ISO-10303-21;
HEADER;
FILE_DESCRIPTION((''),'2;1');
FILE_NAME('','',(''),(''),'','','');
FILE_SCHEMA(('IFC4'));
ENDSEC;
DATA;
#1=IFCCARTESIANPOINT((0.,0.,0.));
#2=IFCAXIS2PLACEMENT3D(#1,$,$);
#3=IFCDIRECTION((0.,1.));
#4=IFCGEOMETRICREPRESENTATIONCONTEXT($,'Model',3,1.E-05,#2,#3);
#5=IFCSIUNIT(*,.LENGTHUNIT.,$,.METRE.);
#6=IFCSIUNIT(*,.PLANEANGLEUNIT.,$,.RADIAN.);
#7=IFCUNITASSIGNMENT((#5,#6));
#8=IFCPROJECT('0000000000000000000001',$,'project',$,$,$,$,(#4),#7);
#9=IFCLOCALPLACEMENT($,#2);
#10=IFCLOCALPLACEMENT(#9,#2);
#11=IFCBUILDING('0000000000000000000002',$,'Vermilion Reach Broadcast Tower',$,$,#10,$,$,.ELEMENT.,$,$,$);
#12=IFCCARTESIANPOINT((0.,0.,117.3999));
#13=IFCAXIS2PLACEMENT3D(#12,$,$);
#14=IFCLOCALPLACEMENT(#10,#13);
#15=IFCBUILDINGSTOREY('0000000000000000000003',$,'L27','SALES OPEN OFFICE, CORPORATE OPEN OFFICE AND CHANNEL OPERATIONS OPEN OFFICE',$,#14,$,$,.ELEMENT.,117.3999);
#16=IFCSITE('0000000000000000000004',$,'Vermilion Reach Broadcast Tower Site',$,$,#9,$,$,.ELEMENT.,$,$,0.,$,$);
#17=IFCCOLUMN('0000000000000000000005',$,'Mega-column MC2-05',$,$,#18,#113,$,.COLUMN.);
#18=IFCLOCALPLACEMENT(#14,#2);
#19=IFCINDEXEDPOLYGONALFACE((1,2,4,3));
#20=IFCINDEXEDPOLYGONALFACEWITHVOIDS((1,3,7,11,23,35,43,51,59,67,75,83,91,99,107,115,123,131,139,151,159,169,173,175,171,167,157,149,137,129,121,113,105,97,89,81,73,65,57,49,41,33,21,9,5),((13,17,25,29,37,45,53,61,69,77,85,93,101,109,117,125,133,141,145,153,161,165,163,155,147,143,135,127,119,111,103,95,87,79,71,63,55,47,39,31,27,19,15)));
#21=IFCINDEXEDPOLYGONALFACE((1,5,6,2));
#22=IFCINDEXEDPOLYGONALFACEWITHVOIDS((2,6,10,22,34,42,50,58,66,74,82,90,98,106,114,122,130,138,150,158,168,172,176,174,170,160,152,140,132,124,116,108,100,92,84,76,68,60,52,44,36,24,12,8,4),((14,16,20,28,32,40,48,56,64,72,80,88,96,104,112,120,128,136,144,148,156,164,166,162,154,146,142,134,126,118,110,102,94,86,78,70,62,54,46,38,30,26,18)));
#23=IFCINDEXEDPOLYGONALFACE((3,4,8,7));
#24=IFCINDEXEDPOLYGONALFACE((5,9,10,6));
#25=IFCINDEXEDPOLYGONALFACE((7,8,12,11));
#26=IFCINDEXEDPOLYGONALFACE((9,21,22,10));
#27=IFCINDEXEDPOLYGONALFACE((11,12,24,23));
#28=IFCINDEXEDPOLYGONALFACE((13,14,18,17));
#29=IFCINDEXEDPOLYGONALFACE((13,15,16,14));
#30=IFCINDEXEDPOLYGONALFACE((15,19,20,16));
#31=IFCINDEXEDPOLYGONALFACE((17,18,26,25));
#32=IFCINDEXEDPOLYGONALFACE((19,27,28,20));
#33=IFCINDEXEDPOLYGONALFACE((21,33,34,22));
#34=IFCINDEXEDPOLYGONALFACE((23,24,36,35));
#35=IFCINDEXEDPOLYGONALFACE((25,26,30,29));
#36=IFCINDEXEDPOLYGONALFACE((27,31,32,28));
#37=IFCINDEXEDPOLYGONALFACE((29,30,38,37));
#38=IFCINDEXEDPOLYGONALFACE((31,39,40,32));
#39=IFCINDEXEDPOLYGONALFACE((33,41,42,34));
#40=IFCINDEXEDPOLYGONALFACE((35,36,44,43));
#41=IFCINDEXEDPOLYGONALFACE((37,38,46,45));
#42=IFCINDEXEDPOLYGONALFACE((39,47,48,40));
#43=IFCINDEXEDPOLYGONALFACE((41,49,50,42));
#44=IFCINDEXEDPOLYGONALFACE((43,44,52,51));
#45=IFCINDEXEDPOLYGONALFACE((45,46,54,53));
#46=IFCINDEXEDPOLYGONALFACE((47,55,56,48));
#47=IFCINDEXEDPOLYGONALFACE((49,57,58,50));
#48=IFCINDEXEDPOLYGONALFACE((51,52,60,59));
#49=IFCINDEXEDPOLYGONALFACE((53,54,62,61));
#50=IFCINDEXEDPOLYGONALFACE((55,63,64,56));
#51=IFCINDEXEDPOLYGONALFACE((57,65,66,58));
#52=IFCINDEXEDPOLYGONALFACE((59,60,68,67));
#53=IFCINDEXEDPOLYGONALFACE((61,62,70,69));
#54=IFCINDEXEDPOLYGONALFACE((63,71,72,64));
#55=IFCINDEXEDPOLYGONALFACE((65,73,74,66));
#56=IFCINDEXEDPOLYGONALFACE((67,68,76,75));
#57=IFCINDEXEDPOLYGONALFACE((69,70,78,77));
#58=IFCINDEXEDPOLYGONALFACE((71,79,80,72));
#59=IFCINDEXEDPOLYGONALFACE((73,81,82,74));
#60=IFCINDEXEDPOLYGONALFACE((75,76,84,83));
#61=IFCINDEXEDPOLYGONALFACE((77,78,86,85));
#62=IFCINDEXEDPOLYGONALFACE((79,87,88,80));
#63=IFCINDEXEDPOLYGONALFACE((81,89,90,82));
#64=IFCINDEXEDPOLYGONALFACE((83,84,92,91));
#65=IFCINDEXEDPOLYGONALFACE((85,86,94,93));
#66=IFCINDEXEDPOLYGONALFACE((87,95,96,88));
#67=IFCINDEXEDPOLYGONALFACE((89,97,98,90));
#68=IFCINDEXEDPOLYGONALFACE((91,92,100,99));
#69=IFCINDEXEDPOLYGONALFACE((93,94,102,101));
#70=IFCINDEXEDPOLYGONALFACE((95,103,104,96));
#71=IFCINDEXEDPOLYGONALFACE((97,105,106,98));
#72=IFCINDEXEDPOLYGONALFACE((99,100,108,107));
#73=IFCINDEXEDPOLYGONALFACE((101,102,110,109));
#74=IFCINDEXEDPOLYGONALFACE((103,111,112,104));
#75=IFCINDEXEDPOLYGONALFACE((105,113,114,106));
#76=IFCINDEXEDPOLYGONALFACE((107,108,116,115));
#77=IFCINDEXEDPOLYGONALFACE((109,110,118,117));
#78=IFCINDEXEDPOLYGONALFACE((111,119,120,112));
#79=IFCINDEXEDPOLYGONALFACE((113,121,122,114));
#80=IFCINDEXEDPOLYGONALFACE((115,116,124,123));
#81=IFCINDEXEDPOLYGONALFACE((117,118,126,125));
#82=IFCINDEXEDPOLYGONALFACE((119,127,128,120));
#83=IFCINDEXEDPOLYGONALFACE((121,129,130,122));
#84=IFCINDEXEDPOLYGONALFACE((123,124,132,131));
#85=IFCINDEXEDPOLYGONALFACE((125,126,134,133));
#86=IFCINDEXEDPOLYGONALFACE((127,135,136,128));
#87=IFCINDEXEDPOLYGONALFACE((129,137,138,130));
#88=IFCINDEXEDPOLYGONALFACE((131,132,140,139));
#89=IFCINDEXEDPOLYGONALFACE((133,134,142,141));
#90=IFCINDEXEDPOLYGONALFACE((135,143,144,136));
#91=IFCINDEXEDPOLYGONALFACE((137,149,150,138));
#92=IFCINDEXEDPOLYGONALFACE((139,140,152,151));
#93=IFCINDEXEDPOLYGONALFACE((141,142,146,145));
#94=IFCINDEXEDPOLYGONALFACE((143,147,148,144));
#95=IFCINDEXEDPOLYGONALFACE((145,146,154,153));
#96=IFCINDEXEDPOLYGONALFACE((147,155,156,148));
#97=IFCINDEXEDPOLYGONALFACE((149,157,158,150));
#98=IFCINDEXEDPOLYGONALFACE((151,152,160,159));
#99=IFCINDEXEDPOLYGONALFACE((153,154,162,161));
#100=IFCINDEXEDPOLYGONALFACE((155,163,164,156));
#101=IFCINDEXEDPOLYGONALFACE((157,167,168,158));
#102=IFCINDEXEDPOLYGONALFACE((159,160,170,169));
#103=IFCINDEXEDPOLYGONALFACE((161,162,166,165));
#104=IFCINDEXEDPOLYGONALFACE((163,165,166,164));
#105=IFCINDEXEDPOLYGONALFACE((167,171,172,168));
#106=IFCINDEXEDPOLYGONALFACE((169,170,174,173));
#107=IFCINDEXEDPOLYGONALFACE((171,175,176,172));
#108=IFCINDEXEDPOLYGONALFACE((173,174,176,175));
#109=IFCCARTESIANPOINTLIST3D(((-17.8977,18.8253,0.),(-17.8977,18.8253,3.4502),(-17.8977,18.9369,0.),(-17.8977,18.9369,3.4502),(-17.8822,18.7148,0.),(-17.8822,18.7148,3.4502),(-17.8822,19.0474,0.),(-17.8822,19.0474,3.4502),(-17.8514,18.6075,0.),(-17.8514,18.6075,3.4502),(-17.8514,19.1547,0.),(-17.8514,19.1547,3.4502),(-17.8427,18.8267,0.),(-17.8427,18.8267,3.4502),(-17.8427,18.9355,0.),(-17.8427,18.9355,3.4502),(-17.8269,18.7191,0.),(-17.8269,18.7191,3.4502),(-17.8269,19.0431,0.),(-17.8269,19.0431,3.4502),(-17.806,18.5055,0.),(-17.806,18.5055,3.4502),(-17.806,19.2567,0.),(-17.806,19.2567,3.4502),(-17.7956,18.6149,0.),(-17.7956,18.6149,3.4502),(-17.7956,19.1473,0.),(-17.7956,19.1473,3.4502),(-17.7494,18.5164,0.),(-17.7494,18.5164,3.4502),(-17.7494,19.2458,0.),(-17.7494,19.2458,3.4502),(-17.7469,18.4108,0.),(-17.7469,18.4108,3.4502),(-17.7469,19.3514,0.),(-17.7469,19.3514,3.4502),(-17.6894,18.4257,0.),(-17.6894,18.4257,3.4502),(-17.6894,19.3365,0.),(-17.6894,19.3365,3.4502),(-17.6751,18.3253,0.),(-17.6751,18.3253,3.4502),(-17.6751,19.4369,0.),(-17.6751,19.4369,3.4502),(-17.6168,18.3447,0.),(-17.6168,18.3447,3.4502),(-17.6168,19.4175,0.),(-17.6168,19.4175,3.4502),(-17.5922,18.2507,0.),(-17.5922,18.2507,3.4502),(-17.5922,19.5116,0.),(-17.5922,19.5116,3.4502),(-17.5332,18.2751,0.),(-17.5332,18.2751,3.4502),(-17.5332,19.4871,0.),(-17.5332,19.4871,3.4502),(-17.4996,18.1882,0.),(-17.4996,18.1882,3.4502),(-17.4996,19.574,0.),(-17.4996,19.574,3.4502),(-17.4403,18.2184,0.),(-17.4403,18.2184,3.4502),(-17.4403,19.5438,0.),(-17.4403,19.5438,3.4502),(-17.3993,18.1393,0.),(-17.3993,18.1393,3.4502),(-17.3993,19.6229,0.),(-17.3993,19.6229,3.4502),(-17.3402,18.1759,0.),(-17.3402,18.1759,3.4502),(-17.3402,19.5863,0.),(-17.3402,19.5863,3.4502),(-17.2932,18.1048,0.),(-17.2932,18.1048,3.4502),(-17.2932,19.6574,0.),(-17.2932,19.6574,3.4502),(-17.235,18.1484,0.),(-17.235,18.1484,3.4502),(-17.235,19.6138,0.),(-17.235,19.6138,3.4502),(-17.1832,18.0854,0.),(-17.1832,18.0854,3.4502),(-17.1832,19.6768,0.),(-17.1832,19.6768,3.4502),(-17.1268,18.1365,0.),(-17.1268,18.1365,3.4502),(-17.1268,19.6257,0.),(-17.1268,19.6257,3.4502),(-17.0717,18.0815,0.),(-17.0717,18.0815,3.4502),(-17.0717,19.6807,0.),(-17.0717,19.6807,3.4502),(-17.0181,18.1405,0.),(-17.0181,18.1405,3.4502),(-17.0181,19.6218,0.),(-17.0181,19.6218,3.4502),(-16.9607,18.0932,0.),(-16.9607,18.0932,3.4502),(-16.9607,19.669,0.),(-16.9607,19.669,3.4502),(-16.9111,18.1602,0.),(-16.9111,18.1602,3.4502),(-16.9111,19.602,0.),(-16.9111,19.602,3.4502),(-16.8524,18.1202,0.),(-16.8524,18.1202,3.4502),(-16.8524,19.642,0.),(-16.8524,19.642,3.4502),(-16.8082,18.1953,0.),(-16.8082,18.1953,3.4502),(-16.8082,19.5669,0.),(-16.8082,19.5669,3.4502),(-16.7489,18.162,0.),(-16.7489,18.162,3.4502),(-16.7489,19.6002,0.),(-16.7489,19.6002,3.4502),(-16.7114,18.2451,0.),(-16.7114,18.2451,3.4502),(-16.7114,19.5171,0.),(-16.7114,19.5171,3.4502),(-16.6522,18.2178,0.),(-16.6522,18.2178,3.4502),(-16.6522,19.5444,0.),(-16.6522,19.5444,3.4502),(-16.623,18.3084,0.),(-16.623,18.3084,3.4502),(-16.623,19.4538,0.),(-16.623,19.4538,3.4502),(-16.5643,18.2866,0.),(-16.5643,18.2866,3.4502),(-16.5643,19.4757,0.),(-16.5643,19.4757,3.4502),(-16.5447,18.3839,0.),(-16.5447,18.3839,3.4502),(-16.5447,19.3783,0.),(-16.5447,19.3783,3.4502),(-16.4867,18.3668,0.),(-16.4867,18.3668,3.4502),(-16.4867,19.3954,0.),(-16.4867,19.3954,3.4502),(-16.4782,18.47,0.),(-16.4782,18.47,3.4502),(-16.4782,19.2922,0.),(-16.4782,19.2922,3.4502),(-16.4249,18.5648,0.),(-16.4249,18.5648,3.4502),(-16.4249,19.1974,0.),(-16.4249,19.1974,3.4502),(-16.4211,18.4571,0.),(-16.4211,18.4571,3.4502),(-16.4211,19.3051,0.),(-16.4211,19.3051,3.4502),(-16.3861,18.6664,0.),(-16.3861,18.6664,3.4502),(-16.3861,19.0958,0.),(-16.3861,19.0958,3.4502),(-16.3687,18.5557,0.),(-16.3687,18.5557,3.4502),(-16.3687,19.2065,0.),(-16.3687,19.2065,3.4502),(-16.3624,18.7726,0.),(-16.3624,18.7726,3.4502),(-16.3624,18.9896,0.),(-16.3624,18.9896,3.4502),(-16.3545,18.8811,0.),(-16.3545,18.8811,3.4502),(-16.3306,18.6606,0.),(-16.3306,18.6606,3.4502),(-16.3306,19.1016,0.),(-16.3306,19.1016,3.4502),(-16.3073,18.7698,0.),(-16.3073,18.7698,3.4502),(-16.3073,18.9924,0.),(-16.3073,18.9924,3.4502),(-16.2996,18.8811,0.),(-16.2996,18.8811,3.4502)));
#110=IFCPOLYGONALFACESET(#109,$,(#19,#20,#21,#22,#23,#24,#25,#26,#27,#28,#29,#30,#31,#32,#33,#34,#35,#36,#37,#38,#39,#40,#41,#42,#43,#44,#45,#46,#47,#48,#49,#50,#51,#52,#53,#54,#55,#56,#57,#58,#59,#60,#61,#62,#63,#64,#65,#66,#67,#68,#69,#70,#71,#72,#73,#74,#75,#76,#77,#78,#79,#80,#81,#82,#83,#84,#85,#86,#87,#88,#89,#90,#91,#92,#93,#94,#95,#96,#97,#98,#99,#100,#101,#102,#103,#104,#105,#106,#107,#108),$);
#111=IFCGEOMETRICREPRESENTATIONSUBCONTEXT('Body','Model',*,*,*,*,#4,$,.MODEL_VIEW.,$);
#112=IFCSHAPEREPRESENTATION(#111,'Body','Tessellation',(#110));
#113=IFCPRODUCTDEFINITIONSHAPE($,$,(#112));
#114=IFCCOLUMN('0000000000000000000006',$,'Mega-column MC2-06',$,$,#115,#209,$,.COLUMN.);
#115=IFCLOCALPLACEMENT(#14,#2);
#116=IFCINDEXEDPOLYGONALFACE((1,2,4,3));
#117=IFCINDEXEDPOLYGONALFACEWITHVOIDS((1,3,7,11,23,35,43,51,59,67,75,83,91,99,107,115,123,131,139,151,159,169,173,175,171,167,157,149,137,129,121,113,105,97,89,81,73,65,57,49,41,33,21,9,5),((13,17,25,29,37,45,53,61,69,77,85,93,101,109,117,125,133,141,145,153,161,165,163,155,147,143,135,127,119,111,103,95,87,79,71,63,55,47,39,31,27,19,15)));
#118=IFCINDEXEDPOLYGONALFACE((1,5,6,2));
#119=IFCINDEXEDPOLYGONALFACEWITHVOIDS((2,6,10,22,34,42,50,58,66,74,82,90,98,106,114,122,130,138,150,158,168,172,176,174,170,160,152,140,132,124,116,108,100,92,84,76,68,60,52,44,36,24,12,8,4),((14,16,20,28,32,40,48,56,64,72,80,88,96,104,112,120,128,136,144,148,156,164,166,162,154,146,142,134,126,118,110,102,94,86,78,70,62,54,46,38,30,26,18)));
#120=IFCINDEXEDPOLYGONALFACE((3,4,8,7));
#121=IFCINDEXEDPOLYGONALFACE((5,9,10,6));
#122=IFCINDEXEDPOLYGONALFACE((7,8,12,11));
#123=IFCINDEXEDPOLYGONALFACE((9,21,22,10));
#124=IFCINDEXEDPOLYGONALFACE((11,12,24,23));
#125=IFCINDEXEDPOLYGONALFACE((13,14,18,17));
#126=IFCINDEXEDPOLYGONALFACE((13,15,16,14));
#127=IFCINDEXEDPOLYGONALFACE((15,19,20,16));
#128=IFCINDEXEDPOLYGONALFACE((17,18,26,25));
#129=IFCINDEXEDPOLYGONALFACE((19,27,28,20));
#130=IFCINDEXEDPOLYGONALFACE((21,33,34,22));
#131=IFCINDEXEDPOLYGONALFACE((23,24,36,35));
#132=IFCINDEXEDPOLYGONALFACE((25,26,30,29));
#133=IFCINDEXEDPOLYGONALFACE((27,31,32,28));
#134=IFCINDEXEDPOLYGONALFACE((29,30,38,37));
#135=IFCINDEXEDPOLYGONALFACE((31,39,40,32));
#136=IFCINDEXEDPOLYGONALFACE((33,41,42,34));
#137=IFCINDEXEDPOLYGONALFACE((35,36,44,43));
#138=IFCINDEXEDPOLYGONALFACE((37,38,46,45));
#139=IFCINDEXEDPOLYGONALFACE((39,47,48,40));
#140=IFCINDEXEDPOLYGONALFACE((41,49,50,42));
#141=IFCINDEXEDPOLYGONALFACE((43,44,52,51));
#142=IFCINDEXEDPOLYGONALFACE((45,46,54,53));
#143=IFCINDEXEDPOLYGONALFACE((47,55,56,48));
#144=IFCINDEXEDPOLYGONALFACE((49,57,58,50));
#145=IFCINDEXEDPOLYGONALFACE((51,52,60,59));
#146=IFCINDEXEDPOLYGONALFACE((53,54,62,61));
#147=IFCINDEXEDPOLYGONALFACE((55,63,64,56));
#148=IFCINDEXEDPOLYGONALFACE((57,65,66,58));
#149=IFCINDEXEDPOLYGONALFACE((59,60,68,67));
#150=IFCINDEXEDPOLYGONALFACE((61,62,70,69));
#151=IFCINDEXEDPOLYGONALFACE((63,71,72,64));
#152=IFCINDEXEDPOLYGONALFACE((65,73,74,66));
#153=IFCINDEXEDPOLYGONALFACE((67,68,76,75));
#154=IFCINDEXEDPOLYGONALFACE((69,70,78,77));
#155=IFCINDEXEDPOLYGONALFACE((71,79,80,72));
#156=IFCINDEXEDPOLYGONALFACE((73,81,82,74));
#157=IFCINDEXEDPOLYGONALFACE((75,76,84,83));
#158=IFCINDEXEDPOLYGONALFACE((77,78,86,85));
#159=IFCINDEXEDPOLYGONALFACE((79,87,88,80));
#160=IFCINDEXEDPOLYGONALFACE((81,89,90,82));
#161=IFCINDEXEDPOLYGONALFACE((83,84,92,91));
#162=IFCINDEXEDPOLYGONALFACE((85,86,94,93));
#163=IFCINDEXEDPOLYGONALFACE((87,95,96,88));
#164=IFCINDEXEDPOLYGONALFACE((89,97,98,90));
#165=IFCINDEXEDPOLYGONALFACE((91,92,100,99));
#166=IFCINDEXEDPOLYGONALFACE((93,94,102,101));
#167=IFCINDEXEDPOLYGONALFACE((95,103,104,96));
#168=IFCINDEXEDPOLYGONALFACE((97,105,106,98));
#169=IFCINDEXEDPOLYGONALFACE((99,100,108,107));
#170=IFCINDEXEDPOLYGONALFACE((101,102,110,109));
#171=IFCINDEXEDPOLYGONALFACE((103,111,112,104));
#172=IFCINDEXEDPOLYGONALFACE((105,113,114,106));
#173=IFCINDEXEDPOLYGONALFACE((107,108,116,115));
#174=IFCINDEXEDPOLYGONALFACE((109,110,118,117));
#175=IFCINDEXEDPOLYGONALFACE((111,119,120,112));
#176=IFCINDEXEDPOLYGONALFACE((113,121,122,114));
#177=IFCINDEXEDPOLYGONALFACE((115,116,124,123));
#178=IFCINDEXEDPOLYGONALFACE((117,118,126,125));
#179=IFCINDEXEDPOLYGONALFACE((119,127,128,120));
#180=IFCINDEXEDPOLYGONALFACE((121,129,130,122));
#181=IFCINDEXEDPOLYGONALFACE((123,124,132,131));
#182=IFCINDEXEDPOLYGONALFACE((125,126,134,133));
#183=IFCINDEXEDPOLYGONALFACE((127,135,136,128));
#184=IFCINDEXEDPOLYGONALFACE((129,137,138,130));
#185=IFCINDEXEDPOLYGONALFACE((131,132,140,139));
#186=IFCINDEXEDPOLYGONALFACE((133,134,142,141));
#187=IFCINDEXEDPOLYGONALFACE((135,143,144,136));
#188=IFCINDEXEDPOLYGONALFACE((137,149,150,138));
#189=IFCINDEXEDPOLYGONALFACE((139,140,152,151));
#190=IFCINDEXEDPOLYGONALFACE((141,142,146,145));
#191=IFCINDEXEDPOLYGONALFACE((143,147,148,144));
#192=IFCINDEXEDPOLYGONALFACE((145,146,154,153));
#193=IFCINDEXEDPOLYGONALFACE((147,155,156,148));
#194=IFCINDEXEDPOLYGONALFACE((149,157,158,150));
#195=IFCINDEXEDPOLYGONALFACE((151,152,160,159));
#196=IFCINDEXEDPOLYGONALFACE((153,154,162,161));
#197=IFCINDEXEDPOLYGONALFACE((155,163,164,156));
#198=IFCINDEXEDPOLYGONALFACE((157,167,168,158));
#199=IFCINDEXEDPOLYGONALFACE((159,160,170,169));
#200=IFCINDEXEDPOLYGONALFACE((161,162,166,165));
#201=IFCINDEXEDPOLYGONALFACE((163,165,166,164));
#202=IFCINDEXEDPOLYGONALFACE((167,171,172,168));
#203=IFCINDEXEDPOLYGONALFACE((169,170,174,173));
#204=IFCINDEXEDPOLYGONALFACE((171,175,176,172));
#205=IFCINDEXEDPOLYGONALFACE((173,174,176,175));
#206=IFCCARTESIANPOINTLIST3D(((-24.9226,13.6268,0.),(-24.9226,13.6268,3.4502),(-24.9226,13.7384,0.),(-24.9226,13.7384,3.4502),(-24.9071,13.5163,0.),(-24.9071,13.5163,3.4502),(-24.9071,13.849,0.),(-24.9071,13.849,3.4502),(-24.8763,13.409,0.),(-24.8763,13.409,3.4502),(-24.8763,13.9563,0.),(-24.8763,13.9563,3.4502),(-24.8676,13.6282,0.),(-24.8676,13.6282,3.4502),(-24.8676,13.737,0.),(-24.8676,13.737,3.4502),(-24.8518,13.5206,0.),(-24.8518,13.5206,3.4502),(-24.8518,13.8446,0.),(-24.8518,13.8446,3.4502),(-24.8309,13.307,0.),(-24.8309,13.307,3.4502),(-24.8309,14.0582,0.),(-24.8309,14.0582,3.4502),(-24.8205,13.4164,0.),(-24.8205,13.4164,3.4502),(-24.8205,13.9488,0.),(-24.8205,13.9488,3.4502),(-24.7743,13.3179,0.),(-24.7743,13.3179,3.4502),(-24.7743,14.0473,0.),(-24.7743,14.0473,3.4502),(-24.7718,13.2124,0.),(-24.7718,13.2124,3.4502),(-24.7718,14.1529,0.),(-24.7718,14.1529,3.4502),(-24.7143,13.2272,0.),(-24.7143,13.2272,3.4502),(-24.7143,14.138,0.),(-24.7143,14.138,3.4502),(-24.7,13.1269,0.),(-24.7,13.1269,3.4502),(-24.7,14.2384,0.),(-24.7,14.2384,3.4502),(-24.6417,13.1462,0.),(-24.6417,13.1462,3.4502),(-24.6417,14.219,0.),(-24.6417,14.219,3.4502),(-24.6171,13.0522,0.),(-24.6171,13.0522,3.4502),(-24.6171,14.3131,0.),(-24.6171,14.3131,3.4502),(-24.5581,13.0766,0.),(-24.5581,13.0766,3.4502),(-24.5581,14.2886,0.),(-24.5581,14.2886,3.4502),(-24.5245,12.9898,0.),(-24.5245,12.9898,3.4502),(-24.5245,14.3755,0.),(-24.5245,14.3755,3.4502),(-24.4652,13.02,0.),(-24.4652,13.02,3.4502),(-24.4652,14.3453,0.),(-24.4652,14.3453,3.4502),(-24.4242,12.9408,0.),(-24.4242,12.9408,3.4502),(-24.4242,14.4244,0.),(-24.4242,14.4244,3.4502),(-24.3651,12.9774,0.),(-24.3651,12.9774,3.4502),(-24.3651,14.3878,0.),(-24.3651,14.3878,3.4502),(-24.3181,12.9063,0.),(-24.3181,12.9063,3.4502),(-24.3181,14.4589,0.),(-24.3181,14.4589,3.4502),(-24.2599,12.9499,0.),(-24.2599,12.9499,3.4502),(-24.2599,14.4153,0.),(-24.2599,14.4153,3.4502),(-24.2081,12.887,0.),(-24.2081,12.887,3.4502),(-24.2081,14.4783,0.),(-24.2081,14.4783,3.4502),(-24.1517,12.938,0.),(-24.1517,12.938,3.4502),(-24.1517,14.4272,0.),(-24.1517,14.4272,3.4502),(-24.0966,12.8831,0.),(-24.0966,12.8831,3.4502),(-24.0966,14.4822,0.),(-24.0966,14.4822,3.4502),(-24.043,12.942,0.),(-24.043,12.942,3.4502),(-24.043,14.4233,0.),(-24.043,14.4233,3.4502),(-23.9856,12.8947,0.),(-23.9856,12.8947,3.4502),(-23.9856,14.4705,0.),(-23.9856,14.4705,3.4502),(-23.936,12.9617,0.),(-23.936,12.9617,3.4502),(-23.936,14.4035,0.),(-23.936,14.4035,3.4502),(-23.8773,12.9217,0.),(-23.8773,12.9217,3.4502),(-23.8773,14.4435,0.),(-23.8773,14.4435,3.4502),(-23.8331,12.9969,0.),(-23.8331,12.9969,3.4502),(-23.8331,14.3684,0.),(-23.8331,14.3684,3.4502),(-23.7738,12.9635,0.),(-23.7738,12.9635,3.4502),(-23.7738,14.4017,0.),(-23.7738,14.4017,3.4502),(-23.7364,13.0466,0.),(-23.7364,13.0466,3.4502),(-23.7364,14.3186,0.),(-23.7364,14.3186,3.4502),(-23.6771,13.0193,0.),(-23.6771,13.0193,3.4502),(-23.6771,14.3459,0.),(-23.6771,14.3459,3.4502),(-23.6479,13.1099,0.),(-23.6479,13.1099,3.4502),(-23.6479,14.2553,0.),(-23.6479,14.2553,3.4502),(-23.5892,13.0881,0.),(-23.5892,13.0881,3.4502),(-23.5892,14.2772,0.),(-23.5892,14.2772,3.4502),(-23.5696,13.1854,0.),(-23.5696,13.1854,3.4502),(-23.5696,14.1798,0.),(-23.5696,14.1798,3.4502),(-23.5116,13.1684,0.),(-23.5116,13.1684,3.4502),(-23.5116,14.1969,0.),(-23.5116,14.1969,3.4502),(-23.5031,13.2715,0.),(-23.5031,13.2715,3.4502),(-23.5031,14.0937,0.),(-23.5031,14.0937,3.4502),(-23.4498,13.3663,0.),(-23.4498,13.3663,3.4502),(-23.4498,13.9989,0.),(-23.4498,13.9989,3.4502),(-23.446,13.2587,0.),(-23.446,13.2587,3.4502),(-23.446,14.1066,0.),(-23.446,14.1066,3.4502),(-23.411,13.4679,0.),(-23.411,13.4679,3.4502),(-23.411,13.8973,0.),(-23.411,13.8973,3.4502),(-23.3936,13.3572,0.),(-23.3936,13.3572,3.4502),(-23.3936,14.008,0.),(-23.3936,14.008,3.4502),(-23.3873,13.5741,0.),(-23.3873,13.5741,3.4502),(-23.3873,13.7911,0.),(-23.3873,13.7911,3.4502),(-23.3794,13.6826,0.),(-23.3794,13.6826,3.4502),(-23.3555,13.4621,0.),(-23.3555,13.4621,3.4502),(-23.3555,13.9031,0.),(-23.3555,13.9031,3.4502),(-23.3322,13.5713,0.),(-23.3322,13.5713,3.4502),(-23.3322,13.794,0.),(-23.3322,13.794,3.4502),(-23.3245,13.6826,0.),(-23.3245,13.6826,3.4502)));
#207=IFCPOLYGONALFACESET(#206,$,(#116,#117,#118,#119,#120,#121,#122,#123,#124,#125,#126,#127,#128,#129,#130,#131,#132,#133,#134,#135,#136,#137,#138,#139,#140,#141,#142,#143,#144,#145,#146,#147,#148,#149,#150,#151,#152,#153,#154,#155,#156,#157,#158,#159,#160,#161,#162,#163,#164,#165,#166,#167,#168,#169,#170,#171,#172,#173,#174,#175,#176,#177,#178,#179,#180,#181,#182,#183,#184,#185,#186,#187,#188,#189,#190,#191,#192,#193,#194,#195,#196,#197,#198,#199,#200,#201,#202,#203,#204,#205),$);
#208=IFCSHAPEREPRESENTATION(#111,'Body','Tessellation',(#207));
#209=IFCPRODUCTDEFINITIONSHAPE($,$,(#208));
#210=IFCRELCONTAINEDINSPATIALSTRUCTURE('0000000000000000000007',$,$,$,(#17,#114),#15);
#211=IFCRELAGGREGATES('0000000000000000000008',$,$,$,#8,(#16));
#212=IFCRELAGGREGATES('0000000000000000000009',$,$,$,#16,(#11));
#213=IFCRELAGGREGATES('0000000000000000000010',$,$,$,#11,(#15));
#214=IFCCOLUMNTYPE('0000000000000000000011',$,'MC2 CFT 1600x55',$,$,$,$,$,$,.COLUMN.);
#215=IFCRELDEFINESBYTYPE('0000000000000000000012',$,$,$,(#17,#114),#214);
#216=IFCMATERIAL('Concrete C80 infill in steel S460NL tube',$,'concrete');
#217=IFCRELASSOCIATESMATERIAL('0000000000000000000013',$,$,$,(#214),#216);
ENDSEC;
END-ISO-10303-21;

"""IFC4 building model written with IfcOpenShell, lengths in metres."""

from ifc_helpers import new_model, si_unit, direction, frame, origin, origin_2d, place, context, subcontext, project, spatial, hollow_circle, extrude, material, material_profile, profile_set, type_object, element, save


model = new_model("IFC4")

# Units and contexts
model_context = context("Model", 3, precision=1e-05, world=origin(), true_north=direction((0.0, 1.0)))
body_context = subcontext(model_context, "Body", "Model", "MODEL_VIEW")
ifc_project = project(units=[si_unit("LENGTHUNIT", "METRE"), si_unit("PLANEANGLEUNIT", "RADIAN")], contexts=[model_context])

# Site, building, storey
site_placement = place(None, origin())
site = spatial("IfcSite", under=ifc_project, at=site_placement, Name="Vermilion Reach Broadcast Tower Site", CompositionType="ELEMENT", RefElevation=0.0)
building_placement = place(site_placement, origin())
building = spatial("IfcBuilding", under=site, at=building_placement, Name="Vermilion Reach Broadcast Tower", CompositionType="ELEMENT")
storey_placement = place(building_placement, frame((0.0, 0.0, 117.3999)))
storey = spatial("IfcBuildingStorey", under=building, at=storey_placement, Name="L27", Description="SALES OPEN OFFICE, CORPORATE OPEN OFFICE AND CHANNEL OPERATIONS OPEN OFFICE", CompositionType="ELEMENT", Elevation=117.3999)

# Columns
ifc_material_1 = material(Name="Concrete C80 infill in steel S460NL tube", Category="concrete")
ifc_material_profile_1 = material_profile(ifc_material_1, hollow_circle(Radius=0.8, WallThickness=0.0549, at=origin_2d()), Name="Concrete C80 infill in steel S460NL tube CFT 1600x55")
ifc_profile_set_1 = profile_set([ifc_material_profile_1], Name="Concrete C80 infill in steel S460NL tube")
column_type = type_object("IfcColumnType", Name="MC2 CFT 1600x55", PredefinedType="COLUMN", material=ifc_profile_set_1)
for number, where, z_axis, x_axis, name in (
    (1, (-17.0996, 18.8811, 0.0), (0.0, 0.0, 1.0), (1.0, 0.0, 0.0), "Mega-column MC2-05"),
    (2, (-24.1245, 13.6826, 0.0), (0.0, 0.0, 1.0), (1.0, 0.0, 0.0), "Mega-column MC2-06"),
):
    element("IfcColumn", number, at=place(storey_placement, frame(where, z_axis=z_axis, x_axis=x_axis)), inside=storey, type_object=column_type, Name=name, PredefinedType="COLUMN", context=body_context, shape_type="SweptSolid", body=[
        extrude(hollow_circle(Radius=0.8, WallThickness=0.0549, at=origin_2d()), origin(), (0.0, 0.0, 1.0), 3.4502),
    ])

save(model, "model.ifc")
